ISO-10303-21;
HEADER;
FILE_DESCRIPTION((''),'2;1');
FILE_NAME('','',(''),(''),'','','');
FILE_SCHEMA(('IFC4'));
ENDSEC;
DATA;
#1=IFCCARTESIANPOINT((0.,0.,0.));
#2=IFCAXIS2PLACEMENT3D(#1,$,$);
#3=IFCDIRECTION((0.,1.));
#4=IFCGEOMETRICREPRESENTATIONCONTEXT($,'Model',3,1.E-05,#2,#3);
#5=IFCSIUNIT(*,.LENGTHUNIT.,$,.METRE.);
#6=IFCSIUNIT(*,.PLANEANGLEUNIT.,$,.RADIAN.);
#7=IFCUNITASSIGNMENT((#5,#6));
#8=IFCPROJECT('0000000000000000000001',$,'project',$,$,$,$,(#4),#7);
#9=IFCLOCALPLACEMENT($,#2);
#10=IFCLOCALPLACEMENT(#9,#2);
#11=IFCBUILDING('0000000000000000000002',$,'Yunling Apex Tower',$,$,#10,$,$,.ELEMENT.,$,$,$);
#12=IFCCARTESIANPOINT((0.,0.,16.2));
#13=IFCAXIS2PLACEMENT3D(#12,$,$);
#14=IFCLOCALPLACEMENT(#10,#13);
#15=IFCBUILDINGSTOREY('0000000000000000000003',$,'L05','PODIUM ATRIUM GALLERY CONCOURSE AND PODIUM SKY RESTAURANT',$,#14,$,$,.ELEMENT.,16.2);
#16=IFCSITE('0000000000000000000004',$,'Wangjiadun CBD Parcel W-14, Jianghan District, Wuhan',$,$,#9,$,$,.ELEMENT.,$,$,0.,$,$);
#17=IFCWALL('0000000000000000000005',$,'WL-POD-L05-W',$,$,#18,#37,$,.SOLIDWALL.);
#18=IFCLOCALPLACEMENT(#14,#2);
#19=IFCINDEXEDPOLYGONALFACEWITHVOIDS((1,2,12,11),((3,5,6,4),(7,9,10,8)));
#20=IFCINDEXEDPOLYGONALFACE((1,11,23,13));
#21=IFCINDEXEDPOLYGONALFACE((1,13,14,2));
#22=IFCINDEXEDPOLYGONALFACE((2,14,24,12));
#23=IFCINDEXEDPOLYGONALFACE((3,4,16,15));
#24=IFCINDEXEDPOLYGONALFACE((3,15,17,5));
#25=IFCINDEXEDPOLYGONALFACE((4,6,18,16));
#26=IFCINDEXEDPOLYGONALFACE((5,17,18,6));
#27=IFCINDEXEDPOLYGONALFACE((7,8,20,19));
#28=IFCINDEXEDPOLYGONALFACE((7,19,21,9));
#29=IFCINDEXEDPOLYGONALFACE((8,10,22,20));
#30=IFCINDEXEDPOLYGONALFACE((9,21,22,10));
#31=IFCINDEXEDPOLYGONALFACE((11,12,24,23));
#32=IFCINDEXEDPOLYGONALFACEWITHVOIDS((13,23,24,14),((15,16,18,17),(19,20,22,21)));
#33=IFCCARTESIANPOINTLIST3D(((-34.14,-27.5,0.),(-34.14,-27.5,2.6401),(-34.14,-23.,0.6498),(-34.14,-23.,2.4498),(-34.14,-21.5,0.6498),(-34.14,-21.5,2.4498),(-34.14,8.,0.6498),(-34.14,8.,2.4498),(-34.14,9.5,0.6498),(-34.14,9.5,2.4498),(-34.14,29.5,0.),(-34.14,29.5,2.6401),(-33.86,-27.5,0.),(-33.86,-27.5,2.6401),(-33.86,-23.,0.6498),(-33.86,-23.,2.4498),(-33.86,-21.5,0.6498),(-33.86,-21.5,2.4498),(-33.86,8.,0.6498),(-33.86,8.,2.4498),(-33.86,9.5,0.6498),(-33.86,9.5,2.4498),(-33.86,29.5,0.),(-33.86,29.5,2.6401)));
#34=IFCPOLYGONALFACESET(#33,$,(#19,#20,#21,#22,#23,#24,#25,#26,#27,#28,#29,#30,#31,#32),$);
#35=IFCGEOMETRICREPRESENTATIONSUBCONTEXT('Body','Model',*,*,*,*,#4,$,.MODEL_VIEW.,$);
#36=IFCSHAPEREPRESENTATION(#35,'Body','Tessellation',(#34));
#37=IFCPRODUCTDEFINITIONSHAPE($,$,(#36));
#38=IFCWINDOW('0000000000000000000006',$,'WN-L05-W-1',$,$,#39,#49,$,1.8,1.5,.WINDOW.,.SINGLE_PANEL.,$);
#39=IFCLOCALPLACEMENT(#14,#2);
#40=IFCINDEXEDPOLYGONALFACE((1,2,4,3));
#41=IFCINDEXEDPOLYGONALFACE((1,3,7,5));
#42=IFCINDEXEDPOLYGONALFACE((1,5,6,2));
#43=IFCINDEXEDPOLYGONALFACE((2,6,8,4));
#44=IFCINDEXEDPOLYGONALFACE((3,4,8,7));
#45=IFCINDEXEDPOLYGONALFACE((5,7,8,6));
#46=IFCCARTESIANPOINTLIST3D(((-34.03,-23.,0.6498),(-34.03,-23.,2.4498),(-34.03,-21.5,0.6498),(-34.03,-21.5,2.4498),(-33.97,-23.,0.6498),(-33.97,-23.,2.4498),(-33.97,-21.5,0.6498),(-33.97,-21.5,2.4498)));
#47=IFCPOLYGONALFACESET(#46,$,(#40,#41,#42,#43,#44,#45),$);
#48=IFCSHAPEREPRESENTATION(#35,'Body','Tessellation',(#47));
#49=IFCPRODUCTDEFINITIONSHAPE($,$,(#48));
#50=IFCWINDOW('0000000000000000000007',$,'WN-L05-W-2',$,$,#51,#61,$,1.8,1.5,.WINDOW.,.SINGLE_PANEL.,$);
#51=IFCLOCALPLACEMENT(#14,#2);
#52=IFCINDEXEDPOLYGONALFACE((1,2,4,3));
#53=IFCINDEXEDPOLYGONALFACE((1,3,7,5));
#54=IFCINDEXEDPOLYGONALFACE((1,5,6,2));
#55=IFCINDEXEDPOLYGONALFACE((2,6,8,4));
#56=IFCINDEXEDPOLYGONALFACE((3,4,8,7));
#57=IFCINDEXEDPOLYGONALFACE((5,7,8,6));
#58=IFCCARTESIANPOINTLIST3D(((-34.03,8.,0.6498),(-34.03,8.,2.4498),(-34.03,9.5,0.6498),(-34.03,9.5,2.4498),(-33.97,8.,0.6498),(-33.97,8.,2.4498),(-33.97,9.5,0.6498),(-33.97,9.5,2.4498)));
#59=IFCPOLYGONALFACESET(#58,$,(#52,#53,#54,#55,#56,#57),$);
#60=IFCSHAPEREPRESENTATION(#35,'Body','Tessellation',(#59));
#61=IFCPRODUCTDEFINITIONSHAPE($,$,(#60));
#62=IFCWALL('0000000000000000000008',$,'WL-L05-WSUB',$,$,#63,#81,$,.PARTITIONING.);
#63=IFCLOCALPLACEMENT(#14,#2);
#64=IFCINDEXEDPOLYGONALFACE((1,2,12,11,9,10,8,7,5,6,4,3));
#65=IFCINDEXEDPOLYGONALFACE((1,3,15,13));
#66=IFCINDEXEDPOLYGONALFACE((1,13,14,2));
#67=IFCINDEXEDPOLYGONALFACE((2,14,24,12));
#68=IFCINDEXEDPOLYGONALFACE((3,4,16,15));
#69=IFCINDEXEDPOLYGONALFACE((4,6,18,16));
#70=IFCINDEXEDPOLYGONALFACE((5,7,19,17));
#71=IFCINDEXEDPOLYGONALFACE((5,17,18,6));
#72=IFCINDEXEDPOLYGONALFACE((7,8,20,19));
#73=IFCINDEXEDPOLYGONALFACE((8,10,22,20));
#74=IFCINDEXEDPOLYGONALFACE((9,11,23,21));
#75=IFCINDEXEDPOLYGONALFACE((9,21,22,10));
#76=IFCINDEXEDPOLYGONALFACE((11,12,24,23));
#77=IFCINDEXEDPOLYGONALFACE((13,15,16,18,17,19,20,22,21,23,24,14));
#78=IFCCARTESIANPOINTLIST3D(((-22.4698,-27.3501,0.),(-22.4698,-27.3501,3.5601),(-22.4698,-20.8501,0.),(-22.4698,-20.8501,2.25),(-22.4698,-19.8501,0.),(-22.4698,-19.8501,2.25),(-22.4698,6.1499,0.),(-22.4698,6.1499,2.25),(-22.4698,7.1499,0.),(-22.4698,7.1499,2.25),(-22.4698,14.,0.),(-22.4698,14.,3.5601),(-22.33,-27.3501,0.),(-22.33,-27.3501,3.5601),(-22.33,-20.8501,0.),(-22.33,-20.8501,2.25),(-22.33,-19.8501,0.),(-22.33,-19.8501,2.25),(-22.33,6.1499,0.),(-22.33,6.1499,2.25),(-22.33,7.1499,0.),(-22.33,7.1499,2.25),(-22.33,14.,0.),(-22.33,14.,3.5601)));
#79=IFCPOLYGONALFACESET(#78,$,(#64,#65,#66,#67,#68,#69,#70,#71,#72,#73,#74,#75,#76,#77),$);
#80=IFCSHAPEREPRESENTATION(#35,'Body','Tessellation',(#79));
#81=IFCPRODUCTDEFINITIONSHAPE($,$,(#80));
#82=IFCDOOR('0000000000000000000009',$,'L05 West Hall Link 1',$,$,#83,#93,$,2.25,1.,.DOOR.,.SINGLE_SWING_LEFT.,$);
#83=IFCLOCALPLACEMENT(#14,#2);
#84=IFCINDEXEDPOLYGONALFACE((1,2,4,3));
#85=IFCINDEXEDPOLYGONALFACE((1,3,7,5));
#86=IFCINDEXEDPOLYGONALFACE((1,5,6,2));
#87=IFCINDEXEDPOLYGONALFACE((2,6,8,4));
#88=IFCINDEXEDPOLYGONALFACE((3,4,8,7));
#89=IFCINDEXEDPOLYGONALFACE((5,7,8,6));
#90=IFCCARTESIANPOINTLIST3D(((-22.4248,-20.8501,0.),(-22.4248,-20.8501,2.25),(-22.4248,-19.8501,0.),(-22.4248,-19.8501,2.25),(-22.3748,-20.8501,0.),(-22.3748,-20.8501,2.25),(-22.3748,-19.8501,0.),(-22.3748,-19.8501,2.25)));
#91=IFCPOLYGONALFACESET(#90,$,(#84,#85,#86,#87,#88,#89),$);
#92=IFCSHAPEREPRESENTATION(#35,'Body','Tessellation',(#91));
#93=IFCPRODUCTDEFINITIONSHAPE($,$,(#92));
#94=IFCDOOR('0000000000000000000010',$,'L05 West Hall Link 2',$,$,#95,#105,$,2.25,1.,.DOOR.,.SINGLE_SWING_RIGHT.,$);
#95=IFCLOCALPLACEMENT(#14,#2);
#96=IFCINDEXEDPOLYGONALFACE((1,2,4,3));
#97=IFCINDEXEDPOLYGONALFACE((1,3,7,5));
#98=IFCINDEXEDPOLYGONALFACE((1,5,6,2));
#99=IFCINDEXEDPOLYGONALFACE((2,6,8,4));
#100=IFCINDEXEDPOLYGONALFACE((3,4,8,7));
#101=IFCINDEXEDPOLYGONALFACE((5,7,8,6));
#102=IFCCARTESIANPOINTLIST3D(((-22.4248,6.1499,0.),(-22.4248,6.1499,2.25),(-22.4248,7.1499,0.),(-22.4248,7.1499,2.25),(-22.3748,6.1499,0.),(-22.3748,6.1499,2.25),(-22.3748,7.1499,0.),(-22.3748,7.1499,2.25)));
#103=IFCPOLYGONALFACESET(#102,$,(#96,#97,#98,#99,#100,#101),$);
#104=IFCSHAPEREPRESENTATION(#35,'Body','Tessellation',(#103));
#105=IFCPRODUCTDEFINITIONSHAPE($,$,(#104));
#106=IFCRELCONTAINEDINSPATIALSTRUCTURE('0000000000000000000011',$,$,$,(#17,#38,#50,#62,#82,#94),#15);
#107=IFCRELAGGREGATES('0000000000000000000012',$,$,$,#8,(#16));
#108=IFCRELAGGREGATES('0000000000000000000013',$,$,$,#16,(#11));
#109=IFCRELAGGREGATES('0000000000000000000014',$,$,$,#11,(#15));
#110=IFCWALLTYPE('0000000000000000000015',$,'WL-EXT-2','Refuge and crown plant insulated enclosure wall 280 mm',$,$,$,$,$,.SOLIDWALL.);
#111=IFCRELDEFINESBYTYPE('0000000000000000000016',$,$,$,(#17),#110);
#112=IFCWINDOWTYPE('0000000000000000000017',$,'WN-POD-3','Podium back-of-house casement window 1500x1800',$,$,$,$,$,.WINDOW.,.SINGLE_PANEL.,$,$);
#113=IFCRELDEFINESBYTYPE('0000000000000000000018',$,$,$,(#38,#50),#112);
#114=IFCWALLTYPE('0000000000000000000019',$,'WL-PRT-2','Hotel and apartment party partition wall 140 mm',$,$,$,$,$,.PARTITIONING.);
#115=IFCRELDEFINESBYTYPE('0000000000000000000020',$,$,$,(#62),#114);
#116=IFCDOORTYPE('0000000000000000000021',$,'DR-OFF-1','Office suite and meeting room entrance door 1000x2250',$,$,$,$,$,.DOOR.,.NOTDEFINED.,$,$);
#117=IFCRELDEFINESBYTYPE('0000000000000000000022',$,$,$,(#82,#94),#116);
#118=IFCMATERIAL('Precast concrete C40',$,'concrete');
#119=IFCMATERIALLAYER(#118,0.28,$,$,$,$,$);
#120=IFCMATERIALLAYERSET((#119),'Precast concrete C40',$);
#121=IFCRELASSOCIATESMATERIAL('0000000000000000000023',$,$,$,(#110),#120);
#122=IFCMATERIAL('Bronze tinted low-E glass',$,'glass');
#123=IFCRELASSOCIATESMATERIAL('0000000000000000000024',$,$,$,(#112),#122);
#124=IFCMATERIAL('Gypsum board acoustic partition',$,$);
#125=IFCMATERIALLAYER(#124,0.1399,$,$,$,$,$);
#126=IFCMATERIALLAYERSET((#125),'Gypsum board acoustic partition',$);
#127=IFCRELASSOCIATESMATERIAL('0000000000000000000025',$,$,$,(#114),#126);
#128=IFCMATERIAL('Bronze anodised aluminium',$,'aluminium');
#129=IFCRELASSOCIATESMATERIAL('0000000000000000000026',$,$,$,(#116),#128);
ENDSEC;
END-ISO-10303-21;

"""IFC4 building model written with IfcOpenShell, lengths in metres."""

from ifc_helpers import new_model, si_unit, direction, frame, frame_2d, origin, place, context, subcontext, project, spatial, rectangle, extrude, material, layer, layer_set, type_object, element, fill, save


model = new_model("IFC4")

# Units and contexts
model_context = context("Model", 3, precision=1e-05, world=origin(), true_north=direction((0.0, 1.0)))
body_context = subcontext(model_context, "Body", "Model", "MODEL_VIEW")
ifc_project = project(units=[si_unit("LENGTHUNIT", "METRE"), si_unit("PLANEANGLEUNIT", "RADIAN")], contexts=[model_context])

# Site, building, storey
site_placement = place(None, origin())
site = spatial("IfcSite", under=ifc_project, at=site_placement, Name="Wangjiadun CBD Parcel W-14, Jianghan District, Wuhan", CompositionType="ELEMENT", RefElevation=0.0)
building_placement = place(site_placement, origin())
building = spatial("IfcBuilding", under=site, at=building_placement, Name="Yunling Apex Tower", CompositionType="ELEMENT")
storey_placement = place(building_placement, frame((0.0, 0.0, 16.2)))
storey = spatial("IfcBuildingStorey", under=building, at=storey_placement, Name="L05", Description="PODIUM ATRIUM GALLERY CONCOURSE AND PODIUM SKY RESTAURANT", CompositionType="ELEMENT", Elevation=16.2)

# Wall, openings, windows
ifc_material_1 = material(Name="Precast concrete C40", Category="concrete")
ifc_layer_1 = layer(ifc_material_1, 0.28)
ifc_layer_set_1 = layer_set([ifc_layer_1], Name="Precast concrete C40")
wall_type_1 = type_object("IfcWallType", Name="WL-EXT-2", Description="Refuge and crown plant insulated enclosure wall 280 mm", PredefinedType="SOLIDWALL", material=ifc_layer_set_1)
wall_1_placement = place(storey_placement, frame((-34.0, -27.5, 0.0), z_axis=(0.0, 0.0, 1.0), x_axis=(0.0, 1.0, 0.0)))
wall_1 = element("IfcWall", 1, at=wall_1_placement, inside=storey, type_object=wall_type_1, Name="WL-POD-L05-W", PredefinedType="SOLIDWALL", context=body_context, shape_type="SweptSolid", body=[
    extrude(rectangle(XDim=57.0, YDim=0.28, at=frame_2d((28.5, 0.0))), origin(), (0.0, 0.0, 1.0), 2.6401),
])
opening_1_placement = place(wall_1_placement, frame((4.5, 0.0, 0.6499)))
opening_1 = element("IfcOpeningElement", 2, at=opening_1_placement, cuts=wall_1, PredefinedType="OPENING", context=body_context, shape_type="SweptSolid", body=[
    extrude(rectangle(XDim=1.5, YDim=1.8, at=frame_2d((0.75, 0.8999))), frame((0.0, 0.1499, 0.0), z_axis=(0.0, -1.0, 0.0), x_axis=(1.0, 0.0, 0.0)), (0.0, 0.0, 1.0), 0.3),
])
opening_2_placement = place(wall_1_placement, frame((35.5, 0.0, 0.6499)))
opening_2 = element("IfcOpeningElement", 3, at=opening_2_placement, cuts=wall_1, PredefinedType="OPENING", context=body_context, shape_type="SweptSolid", body=[
    extrude(rectangle(XDim=1.5, YDim=1.8, at=frame_2d((0.75, 0.8999))), frame((0.0, 0.1499, 0.0), z_axis=(0.0, -1.0, 0.0), x_axis=(1.0, 0.0, 0.0)), (0.0, 0.0, 1.0), 0.3),
])
ifc_material_2 = material(Name="Bronze tinted low-E glass", Category="glass")
window_type = type_object("IfcWindowType", Name="WN-POD-3", Description="Podium back-of-house casement window 1500x1800", PartitioningType="SINGLE_PANEL", PredefinedType="WINDOW", material=ifc_material_2)
window_1_placement = place(opening_1_placement, origin())
window_1 = element("IfcWindow", 4, at=window_1_placement, inside=storey, type_object=window_type, Name="WN-L05-W-1", OverallHeight=1.8, OverallWidth=1.5, PartitioningType="SINGLE_PANEL", PredefinedType="WINDOW", context=body_context, shape_type="SweptSolid", body=[
    extrude(rectangle(XDim=1.5, YDim=1.8, at=frame_2d((0.75, 0.8999))), frame((0.0, 0.03, 0.0), z_axis=(0.0, -1.0, 0.0), x_axis=(1.0, 0.0, 0.0)), (0.0, 0.0, 1.0), 0.0601),
])
fill(opening_1, window_1)
window_2_placement = place(opening_2_placement, origin())
window_2 = element("IfcWindow", 5, at=window_2_placement, inside=storey, type_object=window_type, Name="WN-L05-W-2", OverallHeight=1.8, OverallWidth=1.5, PartitioningType="SINGLE_PANEL", PredefinedType="WINDOW", context=body_context, shape_type="SweptSolid", body=[
    extrude(rectangle(XDim=1.5, YDim=1.8, at=frame_2d((0.75, 0.8999))), frame((0.0, 0.03, 0.0), z_axis=(0.0, -1.0, 0.0), x_axis=(1.0, 0.0, 0.0)), (0.0, 0.0, 1.0), 0.0601),
])
fill(opening_2, window_2)

# Wall, openings, doors
ifc_material_3 = material(Name="Gypsum board acoustic partition")
ifc_layer_2 = layer(ifc_material_3, 0.1399)
ifc_layer_set_2 = layer_set([ifc_layer_2], Name="Gypsum board acoustic partition")
wall_type_2 = type_object("IfcWallType", Name="WL-PRT-2", Description="Hotel and apartment party partition wall 140 mm", PredefinedType="PARTITIONING", material=ifc_layer_set_2)
wall_2_placement = place(storey_placement, frame((-22.3999, -27.3501, 0.0), z_axis=(0.0, 0.0, 1.0), x_axis=(0.0, 1.0, 0.0)))
wall_2 = element("IfcWall", 6, at=wall_2_placement, inside=storey, type_object=wall_type_2, Name="WL-L05-WSUB", PredefinedType="PARTITIONING", context=body_context, shape_type="SweptSolid", body=[
    extrude(rectangle(XDim=41.3501, YDim=0.1399, at=frame_2d((20.675, 0.0))), origin(), (0.0, 0.0, 1.0), 3.5601),
])
opening_3_placement = place(wall_2_placement, frame((6.5, 0.0, 0.0)))
opening_3 = element("IfcOpeningElement", 7, at=opening_3_placement, cuts=wall_2, PredefinedType="OPENING", context=body_context, shape_type="SweptSolid", body=[
    extrude(rectangle(XDim=1.0, YDim=2.25, at=frame_2d((0.5, 1.125))), frame((0.0, 0.0801, 0.0), z_axis=(0.0, -1.0, 0.0), x_axis=(1.0, 0.0, 0.0)), (0.0, 0.0, 1.0), 0.1599),
])
opening_4_placement = place(wall_2_placement, frame((33.5, 0.0, 0.0)))
opening_4 = element("IfcOpeningElement", 8, at=opening_4_placement, cuts=wall_2, PredefinedType="OPENING", context=body_context, shape_type="SweptSolid", body=[
    extrude(rectangle(XDim=1.0, YDim=2.25, at=frame_2d((0.5, 1.125))), frame((0.0, 0.0801, 0.0), z_axis=(0.0, -1.0, 0.0), x_axis=(1.0, 0.0, 0.0)), (0.0, 0.0, 1.0), 0.1599),
])
ifc_material_4 = material(Name="Bronze anodised aluminium", Category="aluminium")
door_type = type_object("IfcDoorType", Name="DR-OFF-1", Description="Office suite and meeting room entrance door 1000x2250", OperationType="NOTDEFINED", PredefinedType="DOOR", material=ifc_material_4)
door_1_placement = place(opening_3_placement, origin())
door_1 = element("IfcDoor", 9, at=door_1_placement, inside=storey, type_object=door_type, Name="L05 West Hall Link 1", OperationType="SINGLE_SWING_LEFT", OverallHeight=2.25, OverallWidth=1.0, PredefinedType="DOOR", context=body_context, shape_type="SweptSolid", body=[
    extrude(rectangle(XDim=1.0, YDim=2.25, at=frame_2d((0.5, 1.125))), frame((0.0, 0.0249, 0.0), z_axis=(0.0, -1.0, 0.0), x_axis=(1.0, 0.0, 0.0)), (0.0, 0.0, 1.0), 0.05),
])
fill(opening_3, door_1)
door_2_placement = place(opening_4_placement, origin())
door_2 = element("IfcDoor", 10, at=door_2_placement, inside=storey, type_object=door_type, Name="L05 West Hall Link 2", OperationType="SINGLE_SWING_RIGHT", OverallHeight=2.25, OverallWidth=1.0, PredefinedType="DOOR", context=body_context, shape_type="SweptSolid", body=[
    extrude(rectangle(XDim=1.0, YDim=2.25, at=frame_2d((0.5, 1.125))), frame((0.0, 0.0249, 0.0), z_axis=(0.0, -1.0, 0.0), x_axis=(1.0, 0.0, 0.0)), (0.0, 0.0, 1.0), 0.05),
])
fill(opening_4, door_2)

save(model, "model.ifc")
